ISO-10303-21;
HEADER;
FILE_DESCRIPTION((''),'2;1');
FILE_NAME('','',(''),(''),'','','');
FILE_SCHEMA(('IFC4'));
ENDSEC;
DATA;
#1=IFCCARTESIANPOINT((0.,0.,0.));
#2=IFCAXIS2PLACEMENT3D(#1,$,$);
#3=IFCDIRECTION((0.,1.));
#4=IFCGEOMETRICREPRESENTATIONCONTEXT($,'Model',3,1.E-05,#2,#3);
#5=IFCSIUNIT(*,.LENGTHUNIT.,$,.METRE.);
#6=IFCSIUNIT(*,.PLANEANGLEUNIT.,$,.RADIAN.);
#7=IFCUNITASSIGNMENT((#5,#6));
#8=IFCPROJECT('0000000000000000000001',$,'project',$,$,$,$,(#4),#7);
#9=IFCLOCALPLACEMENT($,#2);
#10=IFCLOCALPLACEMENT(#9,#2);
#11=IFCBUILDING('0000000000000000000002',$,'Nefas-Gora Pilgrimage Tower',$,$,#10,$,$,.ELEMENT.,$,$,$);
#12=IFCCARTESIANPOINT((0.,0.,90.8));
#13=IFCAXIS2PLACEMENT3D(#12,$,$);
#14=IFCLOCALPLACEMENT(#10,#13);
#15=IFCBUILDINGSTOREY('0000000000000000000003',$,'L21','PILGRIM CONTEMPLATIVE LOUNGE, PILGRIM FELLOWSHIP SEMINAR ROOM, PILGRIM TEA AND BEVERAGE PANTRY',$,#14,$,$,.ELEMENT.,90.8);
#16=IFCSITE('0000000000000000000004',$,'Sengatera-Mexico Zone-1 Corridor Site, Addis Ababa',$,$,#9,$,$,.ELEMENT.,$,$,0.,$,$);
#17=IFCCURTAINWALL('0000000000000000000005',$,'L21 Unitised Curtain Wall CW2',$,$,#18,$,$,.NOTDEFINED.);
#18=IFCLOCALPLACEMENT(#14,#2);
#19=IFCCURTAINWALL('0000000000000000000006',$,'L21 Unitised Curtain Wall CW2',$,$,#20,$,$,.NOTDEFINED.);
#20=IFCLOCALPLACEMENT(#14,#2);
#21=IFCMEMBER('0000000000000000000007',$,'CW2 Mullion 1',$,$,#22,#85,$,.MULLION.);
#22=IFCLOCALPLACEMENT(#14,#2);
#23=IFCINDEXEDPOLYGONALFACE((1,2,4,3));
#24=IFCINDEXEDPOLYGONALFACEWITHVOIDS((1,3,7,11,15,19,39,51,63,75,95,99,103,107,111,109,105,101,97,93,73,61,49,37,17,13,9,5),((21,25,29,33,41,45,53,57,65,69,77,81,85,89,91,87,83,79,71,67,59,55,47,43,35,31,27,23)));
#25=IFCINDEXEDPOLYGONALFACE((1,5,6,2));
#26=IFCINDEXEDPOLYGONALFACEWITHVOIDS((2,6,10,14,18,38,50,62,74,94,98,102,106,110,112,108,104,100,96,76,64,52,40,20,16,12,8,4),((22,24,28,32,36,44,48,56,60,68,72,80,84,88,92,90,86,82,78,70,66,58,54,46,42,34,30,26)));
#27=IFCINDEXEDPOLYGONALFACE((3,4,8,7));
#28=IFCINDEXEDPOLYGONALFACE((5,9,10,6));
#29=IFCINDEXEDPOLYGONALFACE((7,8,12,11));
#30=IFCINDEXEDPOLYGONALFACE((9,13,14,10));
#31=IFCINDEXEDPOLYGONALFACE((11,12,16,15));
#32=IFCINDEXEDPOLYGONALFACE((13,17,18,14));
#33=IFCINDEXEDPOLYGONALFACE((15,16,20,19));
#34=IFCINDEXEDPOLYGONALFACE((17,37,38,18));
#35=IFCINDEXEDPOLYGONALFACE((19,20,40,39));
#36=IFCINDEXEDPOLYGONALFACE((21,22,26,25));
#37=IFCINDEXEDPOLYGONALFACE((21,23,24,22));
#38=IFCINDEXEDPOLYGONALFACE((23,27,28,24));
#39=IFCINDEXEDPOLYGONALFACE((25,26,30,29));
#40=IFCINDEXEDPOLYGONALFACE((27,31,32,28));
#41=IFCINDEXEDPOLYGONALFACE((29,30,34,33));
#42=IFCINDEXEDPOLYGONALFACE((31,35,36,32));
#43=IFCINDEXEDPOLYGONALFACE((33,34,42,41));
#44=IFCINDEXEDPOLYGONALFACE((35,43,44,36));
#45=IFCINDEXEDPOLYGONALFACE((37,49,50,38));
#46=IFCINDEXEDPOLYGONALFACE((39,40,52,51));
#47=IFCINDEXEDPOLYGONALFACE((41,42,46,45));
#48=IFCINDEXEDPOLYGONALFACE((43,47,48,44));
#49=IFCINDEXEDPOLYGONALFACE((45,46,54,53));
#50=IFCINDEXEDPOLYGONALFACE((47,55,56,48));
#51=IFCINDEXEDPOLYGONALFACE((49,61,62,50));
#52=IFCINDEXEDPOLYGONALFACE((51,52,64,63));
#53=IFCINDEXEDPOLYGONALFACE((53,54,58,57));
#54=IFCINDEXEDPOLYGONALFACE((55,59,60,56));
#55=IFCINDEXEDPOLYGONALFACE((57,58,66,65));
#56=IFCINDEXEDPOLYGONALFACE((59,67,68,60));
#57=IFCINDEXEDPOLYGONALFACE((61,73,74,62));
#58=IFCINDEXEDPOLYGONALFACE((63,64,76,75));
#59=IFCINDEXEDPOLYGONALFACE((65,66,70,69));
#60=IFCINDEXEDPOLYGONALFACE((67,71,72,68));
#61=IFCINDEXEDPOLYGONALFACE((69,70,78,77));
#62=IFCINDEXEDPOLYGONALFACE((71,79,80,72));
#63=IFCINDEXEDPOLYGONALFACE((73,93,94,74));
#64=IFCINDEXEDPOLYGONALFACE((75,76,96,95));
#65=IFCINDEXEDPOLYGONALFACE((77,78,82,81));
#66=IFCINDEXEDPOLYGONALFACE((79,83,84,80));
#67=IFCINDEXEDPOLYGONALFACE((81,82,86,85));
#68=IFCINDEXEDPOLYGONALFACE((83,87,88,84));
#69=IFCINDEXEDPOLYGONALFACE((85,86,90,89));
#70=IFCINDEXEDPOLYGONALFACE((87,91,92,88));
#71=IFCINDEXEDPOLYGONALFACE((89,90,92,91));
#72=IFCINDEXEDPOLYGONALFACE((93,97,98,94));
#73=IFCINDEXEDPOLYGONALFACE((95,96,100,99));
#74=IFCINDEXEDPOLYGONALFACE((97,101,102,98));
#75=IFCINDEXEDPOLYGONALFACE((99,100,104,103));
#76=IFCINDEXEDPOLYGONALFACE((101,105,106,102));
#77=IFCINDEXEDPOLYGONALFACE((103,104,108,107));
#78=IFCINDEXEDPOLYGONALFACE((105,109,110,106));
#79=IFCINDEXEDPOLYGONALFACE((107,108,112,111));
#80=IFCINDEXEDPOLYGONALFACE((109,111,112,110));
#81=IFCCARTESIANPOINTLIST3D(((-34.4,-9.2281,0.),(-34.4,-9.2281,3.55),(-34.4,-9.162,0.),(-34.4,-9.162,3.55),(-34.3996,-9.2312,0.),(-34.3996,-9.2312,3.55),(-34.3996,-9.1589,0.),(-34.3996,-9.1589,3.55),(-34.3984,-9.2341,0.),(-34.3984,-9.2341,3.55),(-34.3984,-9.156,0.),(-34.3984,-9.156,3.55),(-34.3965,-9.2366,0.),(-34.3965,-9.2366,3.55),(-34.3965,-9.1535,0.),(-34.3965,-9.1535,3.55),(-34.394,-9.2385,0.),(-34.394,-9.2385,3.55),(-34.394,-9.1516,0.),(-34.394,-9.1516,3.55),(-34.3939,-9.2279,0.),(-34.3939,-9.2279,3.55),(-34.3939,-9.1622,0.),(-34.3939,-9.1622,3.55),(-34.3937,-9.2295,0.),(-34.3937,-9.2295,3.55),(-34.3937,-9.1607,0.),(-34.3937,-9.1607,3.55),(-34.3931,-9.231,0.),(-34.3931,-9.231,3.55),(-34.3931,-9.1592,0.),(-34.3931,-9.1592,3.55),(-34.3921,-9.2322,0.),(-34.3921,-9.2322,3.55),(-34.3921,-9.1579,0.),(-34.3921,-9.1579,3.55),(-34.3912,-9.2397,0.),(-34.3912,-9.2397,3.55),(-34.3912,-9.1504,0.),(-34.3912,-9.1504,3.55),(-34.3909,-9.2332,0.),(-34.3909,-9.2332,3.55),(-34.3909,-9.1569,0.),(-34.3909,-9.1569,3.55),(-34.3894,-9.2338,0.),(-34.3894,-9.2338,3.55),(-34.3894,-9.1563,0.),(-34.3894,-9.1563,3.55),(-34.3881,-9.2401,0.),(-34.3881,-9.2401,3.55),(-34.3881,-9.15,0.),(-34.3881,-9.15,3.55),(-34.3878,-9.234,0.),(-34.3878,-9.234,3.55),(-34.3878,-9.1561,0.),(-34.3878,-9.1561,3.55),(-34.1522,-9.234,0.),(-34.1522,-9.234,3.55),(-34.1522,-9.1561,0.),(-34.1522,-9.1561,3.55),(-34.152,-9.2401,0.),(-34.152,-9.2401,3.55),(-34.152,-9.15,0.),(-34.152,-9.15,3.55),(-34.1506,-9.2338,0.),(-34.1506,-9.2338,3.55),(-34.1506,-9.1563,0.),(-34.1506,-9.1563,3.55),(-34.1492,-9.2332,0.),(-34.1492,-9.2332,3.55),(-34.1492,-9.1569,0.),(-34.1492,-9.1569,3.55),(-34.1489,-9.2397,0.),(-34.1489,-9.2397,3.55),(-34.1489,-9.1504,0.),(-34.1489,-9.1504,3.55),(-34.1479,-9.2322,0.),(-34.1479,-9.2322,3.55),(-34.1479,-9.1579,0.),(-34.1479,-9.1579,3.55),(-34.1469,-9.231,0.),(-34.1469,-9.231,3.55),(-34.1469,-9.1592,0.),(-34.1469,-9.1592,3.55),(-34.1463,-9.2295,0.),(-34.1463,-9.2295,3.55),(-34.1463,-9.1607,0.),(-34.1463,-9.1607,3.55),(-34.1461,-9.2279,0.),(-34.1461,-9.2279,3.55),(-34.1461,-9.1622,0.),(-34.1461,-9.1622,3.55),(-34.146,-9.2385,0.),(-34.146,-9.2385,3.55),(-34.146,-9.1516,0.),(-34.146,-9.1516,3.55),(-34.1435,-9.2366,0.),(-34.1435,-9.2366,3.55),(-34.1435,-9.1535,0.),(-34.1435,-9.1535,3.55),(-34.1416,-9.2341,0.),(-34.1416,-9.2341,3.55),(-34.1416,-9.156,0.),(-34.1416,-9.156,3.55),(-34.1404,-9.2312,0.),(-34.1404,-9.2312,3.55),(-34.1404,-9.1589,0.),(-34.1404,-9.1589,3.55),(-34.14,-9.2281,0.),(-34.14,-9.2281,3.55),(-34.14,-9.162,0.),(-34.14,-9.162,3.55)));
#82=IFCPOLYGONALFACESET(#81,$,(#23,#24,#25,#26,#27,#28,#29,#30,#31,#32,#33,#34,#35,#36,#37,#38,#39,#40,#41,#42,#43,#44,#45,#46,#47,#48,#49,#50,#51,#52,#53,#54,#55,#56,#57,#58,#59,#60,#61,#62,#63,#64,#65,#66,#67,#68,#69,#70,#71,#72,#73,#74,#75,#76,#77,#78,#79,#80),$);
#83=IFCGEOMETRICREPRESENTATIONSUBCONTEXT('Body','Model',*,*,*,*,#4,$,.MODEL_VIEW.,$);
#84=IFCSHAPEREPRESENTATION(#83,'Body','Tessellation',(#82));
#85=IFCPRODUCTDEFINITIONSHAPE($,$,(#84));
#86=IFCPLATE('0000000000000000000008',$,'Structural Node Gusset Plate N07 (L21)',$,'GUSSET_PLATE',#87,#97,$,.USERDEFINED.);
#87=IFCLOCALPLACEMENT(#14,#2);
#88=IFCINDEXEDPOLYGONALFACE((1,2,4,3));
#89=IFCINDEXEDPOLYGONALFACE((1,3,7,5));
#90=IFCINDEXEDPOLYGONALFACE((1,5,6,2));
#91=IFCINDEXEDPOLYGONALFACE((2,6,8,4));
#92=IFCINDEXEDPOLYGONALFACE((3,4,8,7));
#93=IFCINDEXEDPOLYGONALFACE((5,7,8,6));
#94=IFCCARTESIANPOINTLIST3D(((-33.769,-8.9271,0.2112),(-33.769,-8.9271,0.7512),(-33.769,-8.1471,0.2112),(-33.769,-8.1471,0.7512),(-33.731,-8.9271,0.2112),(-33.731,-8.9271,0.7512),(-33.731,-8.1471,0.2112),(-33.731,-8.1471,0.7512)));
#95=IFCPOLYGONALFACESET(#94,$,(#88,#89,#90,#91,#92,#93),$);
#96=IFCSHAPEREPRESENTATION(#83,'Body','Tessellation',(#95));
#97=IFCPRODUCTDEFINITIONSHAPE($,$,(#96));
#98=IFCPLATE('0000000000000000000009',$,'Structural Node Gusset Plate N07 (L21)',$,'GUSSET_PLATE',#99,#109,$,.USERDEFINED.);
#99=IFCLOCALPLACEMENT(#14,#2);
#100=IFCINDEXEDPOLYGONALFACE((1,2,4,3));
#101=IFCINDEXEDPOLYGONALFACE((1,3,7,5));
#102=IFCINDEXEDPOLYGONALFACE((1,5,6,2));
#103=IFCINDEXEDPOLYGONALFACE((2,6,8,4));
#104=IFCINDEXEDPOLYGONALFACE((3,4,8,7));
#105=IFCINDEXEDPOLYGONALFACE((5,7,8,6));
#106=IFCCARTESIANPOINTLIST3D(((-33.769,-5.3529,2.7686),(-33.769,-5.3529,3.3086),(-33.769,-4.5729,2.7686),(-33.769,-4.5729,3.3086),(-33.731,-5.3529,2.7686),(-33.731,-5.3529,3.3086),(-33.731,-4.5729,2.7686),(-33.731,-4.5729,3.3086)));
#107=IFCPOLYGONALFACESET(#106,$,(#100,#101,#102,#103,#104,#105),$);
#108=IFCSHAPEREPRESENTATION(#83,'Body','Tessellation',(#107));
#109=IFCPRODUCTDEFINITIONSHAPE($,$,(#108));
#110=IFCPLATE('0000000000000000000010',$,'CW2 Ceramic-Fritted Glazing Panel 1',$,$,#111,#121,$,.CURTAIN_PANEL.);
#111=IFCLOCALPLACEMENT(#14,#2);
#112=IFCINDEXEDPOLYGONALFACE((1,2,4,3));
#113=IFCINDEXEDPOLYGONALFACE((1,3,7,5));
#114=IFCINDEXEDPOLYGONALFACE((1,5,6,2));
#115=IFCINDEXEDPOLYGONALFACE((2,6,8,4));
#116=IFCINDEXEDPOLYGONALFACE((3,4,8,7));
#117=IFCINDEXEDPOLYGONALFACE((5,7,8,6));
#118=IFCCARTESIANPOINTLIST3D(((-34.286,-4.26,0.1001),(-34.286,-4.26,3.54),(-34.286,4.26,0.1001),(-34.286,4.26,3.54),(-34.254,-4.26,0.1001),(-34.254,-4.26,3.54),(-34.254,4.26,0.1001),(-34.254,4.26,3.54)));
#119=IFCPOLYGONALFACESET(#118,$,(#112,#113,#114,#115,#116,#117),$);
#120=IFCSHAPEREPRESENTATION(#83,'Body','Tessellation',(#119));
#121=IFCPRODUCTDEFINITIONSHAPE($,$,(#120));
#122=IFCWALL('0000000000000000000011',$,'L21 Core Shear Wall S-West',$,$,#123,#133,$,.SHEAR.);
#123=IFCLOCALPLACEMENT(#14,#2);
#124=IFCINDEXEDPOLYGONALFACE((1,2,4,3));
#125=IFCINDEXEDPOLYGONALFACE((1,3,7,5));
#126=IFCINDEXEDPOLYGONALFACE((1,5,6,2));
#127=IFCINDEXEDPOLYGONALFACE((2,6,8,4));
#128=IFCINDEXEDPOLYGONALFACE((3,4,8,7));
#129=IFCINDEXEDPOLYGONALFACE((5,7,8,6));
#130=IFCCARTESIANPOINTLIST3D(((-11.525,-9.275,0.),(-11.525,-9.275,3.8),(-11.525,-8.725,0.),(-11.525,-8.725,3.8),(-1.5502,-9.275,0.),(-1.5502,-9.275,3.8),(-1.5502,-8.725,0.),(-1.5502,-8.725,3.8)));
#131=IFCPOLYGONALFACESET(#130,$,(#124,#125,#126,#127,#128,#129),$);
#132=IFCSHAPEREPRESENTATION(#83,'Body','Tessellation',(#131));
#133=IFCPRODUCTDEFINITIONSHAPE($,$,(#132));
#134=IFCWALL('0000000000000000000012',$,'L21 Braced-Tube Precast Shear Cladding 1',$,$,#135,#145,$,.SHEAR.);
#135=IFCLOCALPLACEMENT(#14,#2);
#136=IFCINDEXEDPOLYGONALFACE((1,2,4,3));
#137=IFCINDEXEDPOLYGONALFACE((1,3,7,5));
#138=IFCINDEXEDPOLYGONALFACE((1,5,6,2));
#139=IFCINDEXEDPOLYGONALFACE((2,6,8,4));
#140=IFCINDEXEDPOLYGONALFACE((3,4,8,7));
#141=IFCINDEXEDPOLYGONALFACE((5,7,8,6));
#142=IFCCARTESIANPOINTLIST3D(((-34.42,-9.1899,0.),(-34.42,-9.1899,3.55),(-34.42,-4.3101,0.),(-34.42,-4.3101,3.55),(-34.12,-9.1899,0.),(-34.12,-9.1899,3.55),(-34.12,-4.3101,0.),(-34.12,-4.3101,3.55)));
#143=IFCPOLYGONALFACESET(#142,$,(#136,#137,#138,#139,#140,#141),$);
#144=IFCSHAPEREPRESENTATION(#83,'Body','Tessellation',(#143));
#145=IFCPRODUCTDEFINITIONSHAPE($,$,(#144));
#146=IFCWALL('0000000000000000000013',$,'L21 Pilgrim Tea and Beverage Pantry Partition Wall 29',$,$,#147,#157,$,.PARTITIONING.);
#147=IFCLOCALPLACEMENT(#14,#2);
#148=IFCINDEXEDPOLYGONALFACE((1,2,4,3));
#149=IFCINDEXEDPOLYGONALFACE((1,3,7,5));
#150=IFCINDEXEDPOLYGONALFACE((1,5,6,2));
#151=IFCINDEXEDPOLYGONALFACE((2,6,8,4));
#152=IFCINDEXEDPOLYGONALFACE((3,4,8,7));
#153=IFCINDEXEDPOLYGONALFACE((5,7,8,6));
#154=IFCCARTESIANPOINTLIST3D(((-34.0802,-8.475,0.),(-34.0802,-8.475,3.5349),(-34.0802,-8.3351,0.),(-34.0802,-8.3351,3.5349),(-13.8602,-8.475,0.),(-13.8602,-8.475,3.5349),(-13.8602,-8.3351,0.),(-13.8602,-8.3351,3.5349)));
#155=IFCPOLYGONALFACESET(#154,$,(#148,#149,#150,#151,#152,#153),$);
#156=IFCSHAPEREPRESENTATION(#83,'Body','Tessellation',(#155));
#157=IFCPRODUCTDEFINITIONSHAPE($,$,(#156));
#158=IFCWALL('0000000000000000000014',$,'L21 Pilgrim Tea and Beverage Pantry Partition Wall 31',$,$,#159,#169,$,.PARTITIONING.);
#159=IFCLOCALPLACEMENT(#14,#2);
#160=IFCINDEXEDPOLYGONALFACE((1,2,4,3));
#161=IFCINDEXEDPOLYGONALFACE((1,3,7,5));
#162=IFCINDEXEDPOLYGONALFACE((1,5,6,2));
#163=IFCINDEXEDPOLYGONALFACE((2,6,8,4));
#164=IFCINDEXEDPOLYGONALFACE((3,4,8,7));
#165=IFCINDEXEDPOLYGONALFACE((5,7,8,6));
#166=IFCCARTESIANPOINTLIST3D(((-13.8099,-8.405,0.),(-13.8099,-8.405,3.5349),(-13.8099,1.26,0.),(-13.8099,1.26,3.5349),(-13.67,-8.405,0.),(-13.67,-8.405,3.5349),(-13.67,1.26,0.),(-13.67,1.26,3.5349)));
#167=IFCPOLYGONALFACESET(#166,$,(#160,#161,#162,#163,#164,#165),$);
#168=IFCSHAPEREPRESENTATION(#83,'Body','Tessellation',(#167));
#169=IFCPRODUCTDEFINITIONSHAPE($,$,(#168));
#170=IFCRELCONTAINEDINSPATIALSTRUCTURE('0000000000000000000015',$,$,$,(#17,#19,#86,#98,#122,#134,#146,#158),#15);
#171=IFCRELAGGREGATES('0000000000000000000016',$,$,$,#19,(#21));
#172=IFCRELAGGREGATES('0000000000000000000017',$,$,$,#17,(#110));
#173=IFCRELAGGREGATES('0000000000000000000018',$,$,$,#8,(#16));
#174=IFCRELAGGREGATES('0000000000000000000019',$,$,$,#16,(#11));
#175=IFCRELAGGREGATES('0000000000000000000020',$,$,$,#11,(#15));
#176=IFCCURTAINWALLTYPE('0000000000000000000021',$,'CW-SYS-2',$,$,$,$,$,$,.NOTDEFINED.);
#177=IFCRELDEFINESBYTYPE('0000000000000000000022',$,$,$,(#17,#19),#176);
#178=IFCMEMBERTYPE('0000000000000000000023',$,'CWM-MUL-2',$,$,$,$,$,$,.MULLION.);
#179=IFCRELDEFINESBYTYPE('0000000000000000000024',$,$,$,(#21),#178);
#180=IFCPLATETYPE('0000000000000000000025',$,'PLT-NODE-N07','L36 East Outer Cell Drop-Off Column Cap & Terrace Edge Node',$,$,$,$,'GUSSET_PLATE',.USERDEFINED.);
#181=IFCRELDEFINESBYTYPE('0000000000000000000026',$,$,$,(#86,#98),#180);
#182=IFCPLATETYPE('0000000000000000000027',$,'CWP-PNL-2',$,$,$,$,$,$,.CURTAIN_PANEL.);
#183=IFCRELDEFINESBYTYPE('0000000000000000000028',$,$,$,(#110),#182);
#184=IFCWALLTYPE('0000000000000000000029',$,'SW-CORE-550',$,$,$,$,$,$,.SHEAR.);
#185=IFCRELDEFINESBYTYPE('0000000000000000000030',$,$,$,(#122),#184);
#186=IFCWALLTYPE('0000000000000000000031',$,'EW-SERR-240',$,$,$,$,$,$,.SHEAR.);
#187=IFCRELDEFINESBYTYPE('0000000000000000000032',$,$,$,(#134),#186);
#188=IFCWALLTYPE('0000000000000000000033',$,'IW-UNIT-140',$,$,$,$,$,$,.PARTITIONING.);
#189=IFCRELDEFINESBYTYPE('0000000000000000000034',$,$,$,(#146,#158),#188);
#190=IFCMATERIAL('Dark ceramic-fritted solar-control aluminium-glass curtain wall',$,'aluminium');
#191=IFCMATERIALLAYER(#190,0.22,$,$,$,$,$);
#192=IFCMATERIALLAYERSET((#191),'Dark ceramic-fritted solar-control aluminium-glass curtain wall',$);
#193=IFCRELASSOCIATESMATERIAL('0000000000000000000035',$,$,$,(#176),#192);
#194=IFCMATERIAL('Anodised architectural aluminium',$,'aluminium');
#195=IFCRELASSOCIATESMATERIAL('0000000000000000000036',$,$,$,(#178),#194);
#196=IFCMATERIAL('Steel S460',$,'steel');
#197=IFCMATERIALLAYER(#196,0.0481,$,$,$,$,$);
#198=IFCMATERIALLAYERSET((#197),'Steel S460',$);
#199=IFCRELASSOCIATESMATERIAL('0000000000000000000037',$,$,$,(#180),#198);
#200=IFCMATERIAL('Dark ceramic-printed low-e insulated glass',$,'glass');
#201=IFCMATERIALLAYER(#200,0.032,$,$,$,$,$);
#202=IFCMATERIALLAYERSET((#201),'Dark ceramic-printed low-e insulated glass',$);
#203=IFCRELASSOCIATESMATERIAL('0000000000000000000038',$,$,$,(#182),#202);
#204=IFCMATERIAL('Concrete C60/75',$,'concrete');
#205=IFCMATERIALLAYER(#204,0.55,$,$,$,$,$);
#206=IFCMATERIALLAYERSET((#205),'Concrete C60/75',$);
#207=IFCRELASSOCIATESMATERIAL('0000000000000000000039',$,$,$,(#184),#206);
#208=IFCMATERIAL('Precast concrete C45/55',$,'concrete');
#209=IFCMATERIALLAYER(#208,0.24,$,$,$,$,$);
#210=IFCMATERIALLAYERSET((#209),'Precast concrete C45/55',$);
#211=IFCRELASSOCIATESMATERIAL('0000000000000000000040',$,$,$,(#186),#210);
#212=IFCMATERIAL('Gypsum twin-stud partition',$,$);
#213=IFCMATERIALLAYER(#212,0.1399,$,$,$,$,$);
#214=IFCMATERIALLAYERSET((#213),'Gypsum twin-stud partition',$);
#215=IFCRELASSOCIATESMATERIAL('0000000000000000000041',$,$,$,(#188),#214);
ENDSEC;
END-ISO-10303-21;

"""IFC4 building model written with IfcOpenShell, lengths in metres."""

from ifc_helpers import new_model, si_unit, direction, frame, frame_2d, origin, origin_2d, place, context, subcontext, project, spatial, rectangle, hollow_rectangle, extrude, source, transform, mapped, material, layer, layer_set, material_profile, profile_set, type_object, element, aggregate, save


model = new_model("IFC4")

# Units and contexts
model_context = context("Model", 3, precision=1e-05, world=origin(), true_north=direction((0.0, 1.0)))
body_context = subcontext(model_context, "Body", "Model", "MODEL_VIEW")
ifc_project = project(units=[si_unit("LENGTHUNIT", "METRE"), si_unit("PLANEANGLEUNIT", "RADIAN")], contexts=[model_context])

# Site, building, storey
site_placement = place(None, origin())
site = spatial("IfcSite", under=ifc_project, at=site_placement, Name="Sengatera-Mexico Zone-1 Corridor Site, Addis Ababa", CompositionType="ELEMENT", RefElevation=0.0)
building_placement = place(site_placement, origin())
building = spatial("IfcBuilding", under=site, at=building_placement, Name="Nefas-Gora Pilgrimage Tower", CompositionType="ELEMENT")
storey_placement = place(building_placement, frame((0.0, 0.0, 90.8)))
storey = spatial("IfcBuildingStorey", under=building, at=storey_placement, Name="L21", Description="PILGRIM CONTEMPLATIVE LOUNGE, PILGRIM FELLOWSHIP SEMINAR ROOM, PILGRIM TEA AND BEVERAGE PANTRY", CompositionType="ELEMENT", Elevation=90.8)

# Shared definitions
ifc_material_1 = material(Name="Steel S460", Category="steel")

# Curtain walls, member
ifc_material_2 = material(Name="Dark ceramic-fritted solar-control aluminium-glass curtain wall", Category="aluminium")
ifc_layer_1 = layer(ifc_material_2, 0.22)
ifc_layer_set_1 = layer_set([ifc_layer_1], Name="Dark ceramic-fritted solar-control aluminium-glass curtain wall")
curtain_wall_type = type_object("IfcCurtainWallType", Name="CW-SYS-2", PredefinedType="NOTDEFINED", material=ifc_layer_set_1)
curtain_wall_1_placement = place(storey_placement, origin())
curtain_wall_1 = element("IfcCurtainWall", 1, at=curtain_wall_1_placement, inside=storey, type_object=curtain_wall_type, Name="L21 Unitised Curtain Wall CW2", PredefinedType="NOTDEFINED")
ifc_material_3 = material(Name="Anodised architectural aluminium", Category="aluminium")
ifc_material_profile_1 = material_profile(ifc_material_3, hollow_rectangle(XDim=0.0901, YDim=0.26, WallThickness=0.0061, InnerFilletRadius=0.0061, OuterFilletRadius=0.012, at=origin_2d()), Name="ALU MULLION 90x260")
ifc_profile_set_1 = profile_set([ifc_material_profile_1], Name="Anodised architectural aluminium")
member_type_1 = type_object("IfcMemberType", Name="CWM-MUL-2", PredefinedType="MULLION", material=ifc_profile_set_1)
shared_shape_1 = source(origin(), body_context, "Body", "SweptSolid", [
    extrude(hollow_rectangle(XDim=0.0901, YDim=0.26, WallThickness=0.0061, InnerFilletRadius=0.0061, OuterFilletRadius=0.012, at=origin_2d()), origin(), (0.0, 0.0, 1.0), 3.55),
])
curtain_wall_2_placement = place(storey_placement, origin())
curtain_wall_2 = element("IfcCurtainWall", 2, at=curtain_wall_2_placement, inside=storey, type_object=curtain_wall_type, Name="L21 Unitised Curtain Wall CW2", PredefinedType="NOTDEFINED")
member_1_placement = place(storey_placement, frame((-34.27, -9.1951, 0.0), z_axis=(0.0, 0.0, 1.0), x_axis=(0.0, -1.0, 0.0)))
member_1 = element("IfcMember", 3, at=member_1_placement, type_object=member_type_1, Name="CW2 Mullion 1", PredefinedType="MULLION", context=body_context, shape_type="MappedRepresentation", body=[
    mapped(shared_shape_1, transform((0.0, 0.0, 0.0), x_axis=(1.0, 0.0, 0.0), y_axis=(0.0, 1.0, 0.0), z_axis=(0.0, 0.0, 1.0), scale=1.0)),
])
aggregate(curtain_wall_2, [member_1])

# Plates
ifc_layer_2 = layer(ifc_material_1, 0.0481)
ifc_layer_set_2 = layer_set([ifc_layer_2], Name="Steel S460")
plate_type_1 = type_object("IfcPlateType", Name="PLT-NODE-N07", Description="L36 East Outer Cell Drop-Off Column Cap & Terrace Edge Node", ElementType="GUSSET_PLATE", PredefinedType="USERDEFINED", material=ifc_layer_set_2)
shared_shape_2 = source(origin(), body_context, "Body", "SweptSolid", [
    extrude(rectangle(XDim=0.78, YDim=0.0381, at=origin_2d()), origin(), (0.0, 0.0, 1.0), 0.54),
])
for number, where, z_axis, x_axis, name in (
    (4, (-33.75, -8.5371, 0.2112), (0.0, 0.0, 1.0), (0.0, 1.0, 0.0), "Structural Node Gusset Plate N07 (L21)"),
    (5, (-33.75, -4.9629, 2.7686), (0.0, 0.0, 1.0), (0.0, 1.0, 0.0), "Structural Node Gusset Plate N07 (L21)"),
):
    element("IfcPlate", number, at=place(storey_placement, frame(where, z_axis=z_axis, x_axis=x_axis)), inside=storey, type_object=plate_type_1, Name=name, ObjectType="GUSSET_PLATE", PredefinedType="USERDEFINED", context=body_context, shape_type="MappedRepresentation", body=[
        mapped(shared_shape_2, transform((0.0, 0.0, 0.0), x_axis=(1.0, 0.0, 0.0), y_axis=(0.0, 1.0, 0.0), z_axis=(0.0, 0.0, 1.0), scale=1.0)),
    ])

# Plate
ifc_material_4 = material(Name="Dark ceramic-printed low-e insulated glass", Category="glass")
ifc_layer_3 = layer(ifc_material_4, 0.032)
ifc_layer_set_3 = layer_set([ifc_layer_3], Name="Dark ceramic-printed low-e insulated glass")
plate_type_2 = type_object("IfcPlateType", Name="CWP-PNL-2", PredefinedType="CURTAIN_PANEL", material=ifc_layer_set_3)
shared_shape_3 = source(origin(), body_context, "Body", "SweptSolid", [
    extrude(rectangle(XDim=8.52, YDim=0.032, at=origin_2d()), origin(), (0.0, 0.0, 1.0), 3.4399),
])
plate_placement = place(storey_placement, frame((-34.27, 0.0, 0.1001), z_axis=(0.0, 0.0, 1.0), x_axis=(0.0, -1.0, 0.0)))
plate = element("IfcPlate", 6, at=plate_placement, type_object=plate_type_2, Name="CW2 Ceramic-Fritted Glazing Panel 1", PredefinedType="CURTAIN_PANEL", context=body_context, shape_type="MappedRepresentation", body=[
    mapped(shared_shape_3, transform((0.0, 0.0, 0.0), x_axis=(1.0, 0.0, 0.0), y_axis=(0.0, 1.0, 0.0), z_axis=(0.0, 0.0, 1.0), scale=1.0)),
])
aggregate(curtain_wall_1, [plate])

# Walls
ifc_material_5 = material(Name="Concrete C60/75", Category="concrete")
ifc_layer_4 = layer(ifc_material_5, 0.55)
ifc_layer_set_4 = layer_set([ifc_layer_4], Name="Concrete C60/75")
wall_type_1 = type_object("IfcWallType", Name="SW-CORE-550", PredefinedType="SHEAR", material=ifc_layer_set_4)
shared_shape_4 = source(origin(), body_context, "Body", "SweptSolid", [
    extrude(rectangle(XDim=9.9749, YDim=0.55, at=frame_2d((4.9873, 0.0))), origin(), (0.0, 0.0, 1.0), 3.8),
])
wall_1_placement = place(storey_placement, frame((-11.5249, -9.0, 0.0), z_axis=(0.0, 0.0, 1.0), x_axis=(1.0, 0.0, 0.0)))
element("IfcWall", 7, at=wall_1_placement, inside=storey, type_object=wall_type_1, Name="L21 Core Shear Wall S-West", PredefinedType="SHEAR", context=body_context, shape_type="MappedRepresentation", body=[
    mapped(shared_shape_4, transform((0.0, 0.0, 0.0), x_axis=(1.0, 0.0, 0.0), y_axis=(0.0, 1.0, 0.0), z_axis=(0.0, 0.0, 1.0), scale=1.0)),
])
ifc_material_6 = material(Name="Precast concrete C45/55", Category="concrete")
ifc_layer_5 = layer(ifc_material_6, 0.24)
ifc_layer_set_5 = layer_set([ifc_layer_5], Name="Precast concrete C45/55")
wall_type_2 = type_object("IfcWallType", Name="EW-SERR-240", PredefinedType="SHEAR", material=ifc_layer_set_5)
shared_shape_5 = source(origin(), body_context, "Body", "SweptSolid", [
    extrude(rectangle(XDim=4.8799, YDim=0.3, at=frame_2d((2.4399, 0.0))), origin(), (0.0, 0.0, 1.0), 3.55),
])
wall_2_placement = place(storey_placement, frame((-34.27, -9.1899, 0.0), z_axis=(0.0, 0.0, 1.0), x_axis=(0.0, 1.0, 0.0)))
element("IfcWall", 8, at=wall_2_placement, inside=storey, type_object=wall_type_2, Name="L21 Braced-Tube Precast Shear Cladding 1", PredefinedType="SHEAR", context=body_context, shape_type="MappedRepresentation", body=[
    mapped(shared_shape_5, transform((0.0, 0.0, 0.0), x_axis=(1.0, 0.0, 0.0), y_axis=(0.0, 1.0, 0.0), z_axis=(0.0, 0.0, 1.0), scale=1.0)),
])

# Walls
ifc_material_7 = material(Name="Gypsum twin-stud partition")
ifc_layer_6 = layer(ifc_material_7, 0.1399)
ifc_layer_set_6 = layer_set([ifc_layer_6], Name="Gypsum twin-stud partition")
wall_type_3 = type_object("IfcWallType", Name="IW-UNIT-140", PredefinedType="PARTITIONING", material=ifc_layer_set_6)
shared_shape_6 = source(origin(), body_context, "Body", "SweptSolid", [
    extrude(rectangle(XDim=20.22, YDim=0.1399, at=frame_2d((10.1099, 0.0))), origin(), (0.0, 0.0, 1.0), 3.5349),
])
wall_3_placement = place(storey_placement, frame((-34.0801, -8.405, 0.0), z_axis=(0.0, 0.0, 1.0), x_axis=(1.0, 0.0, 0.0)))
element("IfcWall", 9, at=wall_3_placement, inside=storey, type_object=wall_type_3, Name="L21 Pilgrim Tea and Beverage Pantry Partition Wall 29", PredefinedType="PARTITIONING", context=body_context, shape_type="MappedRepresentation", body=[
    mapped(shared_shape_6, transform((0.0, 0.0, 0.0), x_axis=(1.0, 0.0, 0.0), y_axis=(0.0, 1.0, 0.0), z_axis=(0.0, 0.0, 1.0), scale=1.0)),
])
shared_shape_7 = source(origin(), body_context, "Body", "SweptSolid", [
    extrude(rectangle(XDim=9.665, YDim=0.1399, at=frame_2d((4.8325, 0.0))), origin(), (0.0, 0.0, 1.0), 3.5349),
])
wall_4_placement = place(storey_placement, frame((-13.74, -8.405, 0.0), z_axis=(0.0, 0.0, 1.0), x_axis=(0.0, 1.0, 0.0)))
element("IfcWall", 10, at=wall_4_placement, inside=storey, type_object=wall_type_3, Name="L21 Pilgrim Tea and Beverage Pantry Partition Wall 31", PredefinedType="PARTITIONING", context=body_context, shape_type="MappedRepresentation", body=[
    mapped(shared_shape_7, transform((0.0, 0.0, 0.0), x_axis=(1.0, 0.0, 0.0), y_axis=(0.0, 1.0, 0.0), z_axis=(0.0, 0.0, 1.0), scale=1.0)),
])

save(model, "model.ifc")
